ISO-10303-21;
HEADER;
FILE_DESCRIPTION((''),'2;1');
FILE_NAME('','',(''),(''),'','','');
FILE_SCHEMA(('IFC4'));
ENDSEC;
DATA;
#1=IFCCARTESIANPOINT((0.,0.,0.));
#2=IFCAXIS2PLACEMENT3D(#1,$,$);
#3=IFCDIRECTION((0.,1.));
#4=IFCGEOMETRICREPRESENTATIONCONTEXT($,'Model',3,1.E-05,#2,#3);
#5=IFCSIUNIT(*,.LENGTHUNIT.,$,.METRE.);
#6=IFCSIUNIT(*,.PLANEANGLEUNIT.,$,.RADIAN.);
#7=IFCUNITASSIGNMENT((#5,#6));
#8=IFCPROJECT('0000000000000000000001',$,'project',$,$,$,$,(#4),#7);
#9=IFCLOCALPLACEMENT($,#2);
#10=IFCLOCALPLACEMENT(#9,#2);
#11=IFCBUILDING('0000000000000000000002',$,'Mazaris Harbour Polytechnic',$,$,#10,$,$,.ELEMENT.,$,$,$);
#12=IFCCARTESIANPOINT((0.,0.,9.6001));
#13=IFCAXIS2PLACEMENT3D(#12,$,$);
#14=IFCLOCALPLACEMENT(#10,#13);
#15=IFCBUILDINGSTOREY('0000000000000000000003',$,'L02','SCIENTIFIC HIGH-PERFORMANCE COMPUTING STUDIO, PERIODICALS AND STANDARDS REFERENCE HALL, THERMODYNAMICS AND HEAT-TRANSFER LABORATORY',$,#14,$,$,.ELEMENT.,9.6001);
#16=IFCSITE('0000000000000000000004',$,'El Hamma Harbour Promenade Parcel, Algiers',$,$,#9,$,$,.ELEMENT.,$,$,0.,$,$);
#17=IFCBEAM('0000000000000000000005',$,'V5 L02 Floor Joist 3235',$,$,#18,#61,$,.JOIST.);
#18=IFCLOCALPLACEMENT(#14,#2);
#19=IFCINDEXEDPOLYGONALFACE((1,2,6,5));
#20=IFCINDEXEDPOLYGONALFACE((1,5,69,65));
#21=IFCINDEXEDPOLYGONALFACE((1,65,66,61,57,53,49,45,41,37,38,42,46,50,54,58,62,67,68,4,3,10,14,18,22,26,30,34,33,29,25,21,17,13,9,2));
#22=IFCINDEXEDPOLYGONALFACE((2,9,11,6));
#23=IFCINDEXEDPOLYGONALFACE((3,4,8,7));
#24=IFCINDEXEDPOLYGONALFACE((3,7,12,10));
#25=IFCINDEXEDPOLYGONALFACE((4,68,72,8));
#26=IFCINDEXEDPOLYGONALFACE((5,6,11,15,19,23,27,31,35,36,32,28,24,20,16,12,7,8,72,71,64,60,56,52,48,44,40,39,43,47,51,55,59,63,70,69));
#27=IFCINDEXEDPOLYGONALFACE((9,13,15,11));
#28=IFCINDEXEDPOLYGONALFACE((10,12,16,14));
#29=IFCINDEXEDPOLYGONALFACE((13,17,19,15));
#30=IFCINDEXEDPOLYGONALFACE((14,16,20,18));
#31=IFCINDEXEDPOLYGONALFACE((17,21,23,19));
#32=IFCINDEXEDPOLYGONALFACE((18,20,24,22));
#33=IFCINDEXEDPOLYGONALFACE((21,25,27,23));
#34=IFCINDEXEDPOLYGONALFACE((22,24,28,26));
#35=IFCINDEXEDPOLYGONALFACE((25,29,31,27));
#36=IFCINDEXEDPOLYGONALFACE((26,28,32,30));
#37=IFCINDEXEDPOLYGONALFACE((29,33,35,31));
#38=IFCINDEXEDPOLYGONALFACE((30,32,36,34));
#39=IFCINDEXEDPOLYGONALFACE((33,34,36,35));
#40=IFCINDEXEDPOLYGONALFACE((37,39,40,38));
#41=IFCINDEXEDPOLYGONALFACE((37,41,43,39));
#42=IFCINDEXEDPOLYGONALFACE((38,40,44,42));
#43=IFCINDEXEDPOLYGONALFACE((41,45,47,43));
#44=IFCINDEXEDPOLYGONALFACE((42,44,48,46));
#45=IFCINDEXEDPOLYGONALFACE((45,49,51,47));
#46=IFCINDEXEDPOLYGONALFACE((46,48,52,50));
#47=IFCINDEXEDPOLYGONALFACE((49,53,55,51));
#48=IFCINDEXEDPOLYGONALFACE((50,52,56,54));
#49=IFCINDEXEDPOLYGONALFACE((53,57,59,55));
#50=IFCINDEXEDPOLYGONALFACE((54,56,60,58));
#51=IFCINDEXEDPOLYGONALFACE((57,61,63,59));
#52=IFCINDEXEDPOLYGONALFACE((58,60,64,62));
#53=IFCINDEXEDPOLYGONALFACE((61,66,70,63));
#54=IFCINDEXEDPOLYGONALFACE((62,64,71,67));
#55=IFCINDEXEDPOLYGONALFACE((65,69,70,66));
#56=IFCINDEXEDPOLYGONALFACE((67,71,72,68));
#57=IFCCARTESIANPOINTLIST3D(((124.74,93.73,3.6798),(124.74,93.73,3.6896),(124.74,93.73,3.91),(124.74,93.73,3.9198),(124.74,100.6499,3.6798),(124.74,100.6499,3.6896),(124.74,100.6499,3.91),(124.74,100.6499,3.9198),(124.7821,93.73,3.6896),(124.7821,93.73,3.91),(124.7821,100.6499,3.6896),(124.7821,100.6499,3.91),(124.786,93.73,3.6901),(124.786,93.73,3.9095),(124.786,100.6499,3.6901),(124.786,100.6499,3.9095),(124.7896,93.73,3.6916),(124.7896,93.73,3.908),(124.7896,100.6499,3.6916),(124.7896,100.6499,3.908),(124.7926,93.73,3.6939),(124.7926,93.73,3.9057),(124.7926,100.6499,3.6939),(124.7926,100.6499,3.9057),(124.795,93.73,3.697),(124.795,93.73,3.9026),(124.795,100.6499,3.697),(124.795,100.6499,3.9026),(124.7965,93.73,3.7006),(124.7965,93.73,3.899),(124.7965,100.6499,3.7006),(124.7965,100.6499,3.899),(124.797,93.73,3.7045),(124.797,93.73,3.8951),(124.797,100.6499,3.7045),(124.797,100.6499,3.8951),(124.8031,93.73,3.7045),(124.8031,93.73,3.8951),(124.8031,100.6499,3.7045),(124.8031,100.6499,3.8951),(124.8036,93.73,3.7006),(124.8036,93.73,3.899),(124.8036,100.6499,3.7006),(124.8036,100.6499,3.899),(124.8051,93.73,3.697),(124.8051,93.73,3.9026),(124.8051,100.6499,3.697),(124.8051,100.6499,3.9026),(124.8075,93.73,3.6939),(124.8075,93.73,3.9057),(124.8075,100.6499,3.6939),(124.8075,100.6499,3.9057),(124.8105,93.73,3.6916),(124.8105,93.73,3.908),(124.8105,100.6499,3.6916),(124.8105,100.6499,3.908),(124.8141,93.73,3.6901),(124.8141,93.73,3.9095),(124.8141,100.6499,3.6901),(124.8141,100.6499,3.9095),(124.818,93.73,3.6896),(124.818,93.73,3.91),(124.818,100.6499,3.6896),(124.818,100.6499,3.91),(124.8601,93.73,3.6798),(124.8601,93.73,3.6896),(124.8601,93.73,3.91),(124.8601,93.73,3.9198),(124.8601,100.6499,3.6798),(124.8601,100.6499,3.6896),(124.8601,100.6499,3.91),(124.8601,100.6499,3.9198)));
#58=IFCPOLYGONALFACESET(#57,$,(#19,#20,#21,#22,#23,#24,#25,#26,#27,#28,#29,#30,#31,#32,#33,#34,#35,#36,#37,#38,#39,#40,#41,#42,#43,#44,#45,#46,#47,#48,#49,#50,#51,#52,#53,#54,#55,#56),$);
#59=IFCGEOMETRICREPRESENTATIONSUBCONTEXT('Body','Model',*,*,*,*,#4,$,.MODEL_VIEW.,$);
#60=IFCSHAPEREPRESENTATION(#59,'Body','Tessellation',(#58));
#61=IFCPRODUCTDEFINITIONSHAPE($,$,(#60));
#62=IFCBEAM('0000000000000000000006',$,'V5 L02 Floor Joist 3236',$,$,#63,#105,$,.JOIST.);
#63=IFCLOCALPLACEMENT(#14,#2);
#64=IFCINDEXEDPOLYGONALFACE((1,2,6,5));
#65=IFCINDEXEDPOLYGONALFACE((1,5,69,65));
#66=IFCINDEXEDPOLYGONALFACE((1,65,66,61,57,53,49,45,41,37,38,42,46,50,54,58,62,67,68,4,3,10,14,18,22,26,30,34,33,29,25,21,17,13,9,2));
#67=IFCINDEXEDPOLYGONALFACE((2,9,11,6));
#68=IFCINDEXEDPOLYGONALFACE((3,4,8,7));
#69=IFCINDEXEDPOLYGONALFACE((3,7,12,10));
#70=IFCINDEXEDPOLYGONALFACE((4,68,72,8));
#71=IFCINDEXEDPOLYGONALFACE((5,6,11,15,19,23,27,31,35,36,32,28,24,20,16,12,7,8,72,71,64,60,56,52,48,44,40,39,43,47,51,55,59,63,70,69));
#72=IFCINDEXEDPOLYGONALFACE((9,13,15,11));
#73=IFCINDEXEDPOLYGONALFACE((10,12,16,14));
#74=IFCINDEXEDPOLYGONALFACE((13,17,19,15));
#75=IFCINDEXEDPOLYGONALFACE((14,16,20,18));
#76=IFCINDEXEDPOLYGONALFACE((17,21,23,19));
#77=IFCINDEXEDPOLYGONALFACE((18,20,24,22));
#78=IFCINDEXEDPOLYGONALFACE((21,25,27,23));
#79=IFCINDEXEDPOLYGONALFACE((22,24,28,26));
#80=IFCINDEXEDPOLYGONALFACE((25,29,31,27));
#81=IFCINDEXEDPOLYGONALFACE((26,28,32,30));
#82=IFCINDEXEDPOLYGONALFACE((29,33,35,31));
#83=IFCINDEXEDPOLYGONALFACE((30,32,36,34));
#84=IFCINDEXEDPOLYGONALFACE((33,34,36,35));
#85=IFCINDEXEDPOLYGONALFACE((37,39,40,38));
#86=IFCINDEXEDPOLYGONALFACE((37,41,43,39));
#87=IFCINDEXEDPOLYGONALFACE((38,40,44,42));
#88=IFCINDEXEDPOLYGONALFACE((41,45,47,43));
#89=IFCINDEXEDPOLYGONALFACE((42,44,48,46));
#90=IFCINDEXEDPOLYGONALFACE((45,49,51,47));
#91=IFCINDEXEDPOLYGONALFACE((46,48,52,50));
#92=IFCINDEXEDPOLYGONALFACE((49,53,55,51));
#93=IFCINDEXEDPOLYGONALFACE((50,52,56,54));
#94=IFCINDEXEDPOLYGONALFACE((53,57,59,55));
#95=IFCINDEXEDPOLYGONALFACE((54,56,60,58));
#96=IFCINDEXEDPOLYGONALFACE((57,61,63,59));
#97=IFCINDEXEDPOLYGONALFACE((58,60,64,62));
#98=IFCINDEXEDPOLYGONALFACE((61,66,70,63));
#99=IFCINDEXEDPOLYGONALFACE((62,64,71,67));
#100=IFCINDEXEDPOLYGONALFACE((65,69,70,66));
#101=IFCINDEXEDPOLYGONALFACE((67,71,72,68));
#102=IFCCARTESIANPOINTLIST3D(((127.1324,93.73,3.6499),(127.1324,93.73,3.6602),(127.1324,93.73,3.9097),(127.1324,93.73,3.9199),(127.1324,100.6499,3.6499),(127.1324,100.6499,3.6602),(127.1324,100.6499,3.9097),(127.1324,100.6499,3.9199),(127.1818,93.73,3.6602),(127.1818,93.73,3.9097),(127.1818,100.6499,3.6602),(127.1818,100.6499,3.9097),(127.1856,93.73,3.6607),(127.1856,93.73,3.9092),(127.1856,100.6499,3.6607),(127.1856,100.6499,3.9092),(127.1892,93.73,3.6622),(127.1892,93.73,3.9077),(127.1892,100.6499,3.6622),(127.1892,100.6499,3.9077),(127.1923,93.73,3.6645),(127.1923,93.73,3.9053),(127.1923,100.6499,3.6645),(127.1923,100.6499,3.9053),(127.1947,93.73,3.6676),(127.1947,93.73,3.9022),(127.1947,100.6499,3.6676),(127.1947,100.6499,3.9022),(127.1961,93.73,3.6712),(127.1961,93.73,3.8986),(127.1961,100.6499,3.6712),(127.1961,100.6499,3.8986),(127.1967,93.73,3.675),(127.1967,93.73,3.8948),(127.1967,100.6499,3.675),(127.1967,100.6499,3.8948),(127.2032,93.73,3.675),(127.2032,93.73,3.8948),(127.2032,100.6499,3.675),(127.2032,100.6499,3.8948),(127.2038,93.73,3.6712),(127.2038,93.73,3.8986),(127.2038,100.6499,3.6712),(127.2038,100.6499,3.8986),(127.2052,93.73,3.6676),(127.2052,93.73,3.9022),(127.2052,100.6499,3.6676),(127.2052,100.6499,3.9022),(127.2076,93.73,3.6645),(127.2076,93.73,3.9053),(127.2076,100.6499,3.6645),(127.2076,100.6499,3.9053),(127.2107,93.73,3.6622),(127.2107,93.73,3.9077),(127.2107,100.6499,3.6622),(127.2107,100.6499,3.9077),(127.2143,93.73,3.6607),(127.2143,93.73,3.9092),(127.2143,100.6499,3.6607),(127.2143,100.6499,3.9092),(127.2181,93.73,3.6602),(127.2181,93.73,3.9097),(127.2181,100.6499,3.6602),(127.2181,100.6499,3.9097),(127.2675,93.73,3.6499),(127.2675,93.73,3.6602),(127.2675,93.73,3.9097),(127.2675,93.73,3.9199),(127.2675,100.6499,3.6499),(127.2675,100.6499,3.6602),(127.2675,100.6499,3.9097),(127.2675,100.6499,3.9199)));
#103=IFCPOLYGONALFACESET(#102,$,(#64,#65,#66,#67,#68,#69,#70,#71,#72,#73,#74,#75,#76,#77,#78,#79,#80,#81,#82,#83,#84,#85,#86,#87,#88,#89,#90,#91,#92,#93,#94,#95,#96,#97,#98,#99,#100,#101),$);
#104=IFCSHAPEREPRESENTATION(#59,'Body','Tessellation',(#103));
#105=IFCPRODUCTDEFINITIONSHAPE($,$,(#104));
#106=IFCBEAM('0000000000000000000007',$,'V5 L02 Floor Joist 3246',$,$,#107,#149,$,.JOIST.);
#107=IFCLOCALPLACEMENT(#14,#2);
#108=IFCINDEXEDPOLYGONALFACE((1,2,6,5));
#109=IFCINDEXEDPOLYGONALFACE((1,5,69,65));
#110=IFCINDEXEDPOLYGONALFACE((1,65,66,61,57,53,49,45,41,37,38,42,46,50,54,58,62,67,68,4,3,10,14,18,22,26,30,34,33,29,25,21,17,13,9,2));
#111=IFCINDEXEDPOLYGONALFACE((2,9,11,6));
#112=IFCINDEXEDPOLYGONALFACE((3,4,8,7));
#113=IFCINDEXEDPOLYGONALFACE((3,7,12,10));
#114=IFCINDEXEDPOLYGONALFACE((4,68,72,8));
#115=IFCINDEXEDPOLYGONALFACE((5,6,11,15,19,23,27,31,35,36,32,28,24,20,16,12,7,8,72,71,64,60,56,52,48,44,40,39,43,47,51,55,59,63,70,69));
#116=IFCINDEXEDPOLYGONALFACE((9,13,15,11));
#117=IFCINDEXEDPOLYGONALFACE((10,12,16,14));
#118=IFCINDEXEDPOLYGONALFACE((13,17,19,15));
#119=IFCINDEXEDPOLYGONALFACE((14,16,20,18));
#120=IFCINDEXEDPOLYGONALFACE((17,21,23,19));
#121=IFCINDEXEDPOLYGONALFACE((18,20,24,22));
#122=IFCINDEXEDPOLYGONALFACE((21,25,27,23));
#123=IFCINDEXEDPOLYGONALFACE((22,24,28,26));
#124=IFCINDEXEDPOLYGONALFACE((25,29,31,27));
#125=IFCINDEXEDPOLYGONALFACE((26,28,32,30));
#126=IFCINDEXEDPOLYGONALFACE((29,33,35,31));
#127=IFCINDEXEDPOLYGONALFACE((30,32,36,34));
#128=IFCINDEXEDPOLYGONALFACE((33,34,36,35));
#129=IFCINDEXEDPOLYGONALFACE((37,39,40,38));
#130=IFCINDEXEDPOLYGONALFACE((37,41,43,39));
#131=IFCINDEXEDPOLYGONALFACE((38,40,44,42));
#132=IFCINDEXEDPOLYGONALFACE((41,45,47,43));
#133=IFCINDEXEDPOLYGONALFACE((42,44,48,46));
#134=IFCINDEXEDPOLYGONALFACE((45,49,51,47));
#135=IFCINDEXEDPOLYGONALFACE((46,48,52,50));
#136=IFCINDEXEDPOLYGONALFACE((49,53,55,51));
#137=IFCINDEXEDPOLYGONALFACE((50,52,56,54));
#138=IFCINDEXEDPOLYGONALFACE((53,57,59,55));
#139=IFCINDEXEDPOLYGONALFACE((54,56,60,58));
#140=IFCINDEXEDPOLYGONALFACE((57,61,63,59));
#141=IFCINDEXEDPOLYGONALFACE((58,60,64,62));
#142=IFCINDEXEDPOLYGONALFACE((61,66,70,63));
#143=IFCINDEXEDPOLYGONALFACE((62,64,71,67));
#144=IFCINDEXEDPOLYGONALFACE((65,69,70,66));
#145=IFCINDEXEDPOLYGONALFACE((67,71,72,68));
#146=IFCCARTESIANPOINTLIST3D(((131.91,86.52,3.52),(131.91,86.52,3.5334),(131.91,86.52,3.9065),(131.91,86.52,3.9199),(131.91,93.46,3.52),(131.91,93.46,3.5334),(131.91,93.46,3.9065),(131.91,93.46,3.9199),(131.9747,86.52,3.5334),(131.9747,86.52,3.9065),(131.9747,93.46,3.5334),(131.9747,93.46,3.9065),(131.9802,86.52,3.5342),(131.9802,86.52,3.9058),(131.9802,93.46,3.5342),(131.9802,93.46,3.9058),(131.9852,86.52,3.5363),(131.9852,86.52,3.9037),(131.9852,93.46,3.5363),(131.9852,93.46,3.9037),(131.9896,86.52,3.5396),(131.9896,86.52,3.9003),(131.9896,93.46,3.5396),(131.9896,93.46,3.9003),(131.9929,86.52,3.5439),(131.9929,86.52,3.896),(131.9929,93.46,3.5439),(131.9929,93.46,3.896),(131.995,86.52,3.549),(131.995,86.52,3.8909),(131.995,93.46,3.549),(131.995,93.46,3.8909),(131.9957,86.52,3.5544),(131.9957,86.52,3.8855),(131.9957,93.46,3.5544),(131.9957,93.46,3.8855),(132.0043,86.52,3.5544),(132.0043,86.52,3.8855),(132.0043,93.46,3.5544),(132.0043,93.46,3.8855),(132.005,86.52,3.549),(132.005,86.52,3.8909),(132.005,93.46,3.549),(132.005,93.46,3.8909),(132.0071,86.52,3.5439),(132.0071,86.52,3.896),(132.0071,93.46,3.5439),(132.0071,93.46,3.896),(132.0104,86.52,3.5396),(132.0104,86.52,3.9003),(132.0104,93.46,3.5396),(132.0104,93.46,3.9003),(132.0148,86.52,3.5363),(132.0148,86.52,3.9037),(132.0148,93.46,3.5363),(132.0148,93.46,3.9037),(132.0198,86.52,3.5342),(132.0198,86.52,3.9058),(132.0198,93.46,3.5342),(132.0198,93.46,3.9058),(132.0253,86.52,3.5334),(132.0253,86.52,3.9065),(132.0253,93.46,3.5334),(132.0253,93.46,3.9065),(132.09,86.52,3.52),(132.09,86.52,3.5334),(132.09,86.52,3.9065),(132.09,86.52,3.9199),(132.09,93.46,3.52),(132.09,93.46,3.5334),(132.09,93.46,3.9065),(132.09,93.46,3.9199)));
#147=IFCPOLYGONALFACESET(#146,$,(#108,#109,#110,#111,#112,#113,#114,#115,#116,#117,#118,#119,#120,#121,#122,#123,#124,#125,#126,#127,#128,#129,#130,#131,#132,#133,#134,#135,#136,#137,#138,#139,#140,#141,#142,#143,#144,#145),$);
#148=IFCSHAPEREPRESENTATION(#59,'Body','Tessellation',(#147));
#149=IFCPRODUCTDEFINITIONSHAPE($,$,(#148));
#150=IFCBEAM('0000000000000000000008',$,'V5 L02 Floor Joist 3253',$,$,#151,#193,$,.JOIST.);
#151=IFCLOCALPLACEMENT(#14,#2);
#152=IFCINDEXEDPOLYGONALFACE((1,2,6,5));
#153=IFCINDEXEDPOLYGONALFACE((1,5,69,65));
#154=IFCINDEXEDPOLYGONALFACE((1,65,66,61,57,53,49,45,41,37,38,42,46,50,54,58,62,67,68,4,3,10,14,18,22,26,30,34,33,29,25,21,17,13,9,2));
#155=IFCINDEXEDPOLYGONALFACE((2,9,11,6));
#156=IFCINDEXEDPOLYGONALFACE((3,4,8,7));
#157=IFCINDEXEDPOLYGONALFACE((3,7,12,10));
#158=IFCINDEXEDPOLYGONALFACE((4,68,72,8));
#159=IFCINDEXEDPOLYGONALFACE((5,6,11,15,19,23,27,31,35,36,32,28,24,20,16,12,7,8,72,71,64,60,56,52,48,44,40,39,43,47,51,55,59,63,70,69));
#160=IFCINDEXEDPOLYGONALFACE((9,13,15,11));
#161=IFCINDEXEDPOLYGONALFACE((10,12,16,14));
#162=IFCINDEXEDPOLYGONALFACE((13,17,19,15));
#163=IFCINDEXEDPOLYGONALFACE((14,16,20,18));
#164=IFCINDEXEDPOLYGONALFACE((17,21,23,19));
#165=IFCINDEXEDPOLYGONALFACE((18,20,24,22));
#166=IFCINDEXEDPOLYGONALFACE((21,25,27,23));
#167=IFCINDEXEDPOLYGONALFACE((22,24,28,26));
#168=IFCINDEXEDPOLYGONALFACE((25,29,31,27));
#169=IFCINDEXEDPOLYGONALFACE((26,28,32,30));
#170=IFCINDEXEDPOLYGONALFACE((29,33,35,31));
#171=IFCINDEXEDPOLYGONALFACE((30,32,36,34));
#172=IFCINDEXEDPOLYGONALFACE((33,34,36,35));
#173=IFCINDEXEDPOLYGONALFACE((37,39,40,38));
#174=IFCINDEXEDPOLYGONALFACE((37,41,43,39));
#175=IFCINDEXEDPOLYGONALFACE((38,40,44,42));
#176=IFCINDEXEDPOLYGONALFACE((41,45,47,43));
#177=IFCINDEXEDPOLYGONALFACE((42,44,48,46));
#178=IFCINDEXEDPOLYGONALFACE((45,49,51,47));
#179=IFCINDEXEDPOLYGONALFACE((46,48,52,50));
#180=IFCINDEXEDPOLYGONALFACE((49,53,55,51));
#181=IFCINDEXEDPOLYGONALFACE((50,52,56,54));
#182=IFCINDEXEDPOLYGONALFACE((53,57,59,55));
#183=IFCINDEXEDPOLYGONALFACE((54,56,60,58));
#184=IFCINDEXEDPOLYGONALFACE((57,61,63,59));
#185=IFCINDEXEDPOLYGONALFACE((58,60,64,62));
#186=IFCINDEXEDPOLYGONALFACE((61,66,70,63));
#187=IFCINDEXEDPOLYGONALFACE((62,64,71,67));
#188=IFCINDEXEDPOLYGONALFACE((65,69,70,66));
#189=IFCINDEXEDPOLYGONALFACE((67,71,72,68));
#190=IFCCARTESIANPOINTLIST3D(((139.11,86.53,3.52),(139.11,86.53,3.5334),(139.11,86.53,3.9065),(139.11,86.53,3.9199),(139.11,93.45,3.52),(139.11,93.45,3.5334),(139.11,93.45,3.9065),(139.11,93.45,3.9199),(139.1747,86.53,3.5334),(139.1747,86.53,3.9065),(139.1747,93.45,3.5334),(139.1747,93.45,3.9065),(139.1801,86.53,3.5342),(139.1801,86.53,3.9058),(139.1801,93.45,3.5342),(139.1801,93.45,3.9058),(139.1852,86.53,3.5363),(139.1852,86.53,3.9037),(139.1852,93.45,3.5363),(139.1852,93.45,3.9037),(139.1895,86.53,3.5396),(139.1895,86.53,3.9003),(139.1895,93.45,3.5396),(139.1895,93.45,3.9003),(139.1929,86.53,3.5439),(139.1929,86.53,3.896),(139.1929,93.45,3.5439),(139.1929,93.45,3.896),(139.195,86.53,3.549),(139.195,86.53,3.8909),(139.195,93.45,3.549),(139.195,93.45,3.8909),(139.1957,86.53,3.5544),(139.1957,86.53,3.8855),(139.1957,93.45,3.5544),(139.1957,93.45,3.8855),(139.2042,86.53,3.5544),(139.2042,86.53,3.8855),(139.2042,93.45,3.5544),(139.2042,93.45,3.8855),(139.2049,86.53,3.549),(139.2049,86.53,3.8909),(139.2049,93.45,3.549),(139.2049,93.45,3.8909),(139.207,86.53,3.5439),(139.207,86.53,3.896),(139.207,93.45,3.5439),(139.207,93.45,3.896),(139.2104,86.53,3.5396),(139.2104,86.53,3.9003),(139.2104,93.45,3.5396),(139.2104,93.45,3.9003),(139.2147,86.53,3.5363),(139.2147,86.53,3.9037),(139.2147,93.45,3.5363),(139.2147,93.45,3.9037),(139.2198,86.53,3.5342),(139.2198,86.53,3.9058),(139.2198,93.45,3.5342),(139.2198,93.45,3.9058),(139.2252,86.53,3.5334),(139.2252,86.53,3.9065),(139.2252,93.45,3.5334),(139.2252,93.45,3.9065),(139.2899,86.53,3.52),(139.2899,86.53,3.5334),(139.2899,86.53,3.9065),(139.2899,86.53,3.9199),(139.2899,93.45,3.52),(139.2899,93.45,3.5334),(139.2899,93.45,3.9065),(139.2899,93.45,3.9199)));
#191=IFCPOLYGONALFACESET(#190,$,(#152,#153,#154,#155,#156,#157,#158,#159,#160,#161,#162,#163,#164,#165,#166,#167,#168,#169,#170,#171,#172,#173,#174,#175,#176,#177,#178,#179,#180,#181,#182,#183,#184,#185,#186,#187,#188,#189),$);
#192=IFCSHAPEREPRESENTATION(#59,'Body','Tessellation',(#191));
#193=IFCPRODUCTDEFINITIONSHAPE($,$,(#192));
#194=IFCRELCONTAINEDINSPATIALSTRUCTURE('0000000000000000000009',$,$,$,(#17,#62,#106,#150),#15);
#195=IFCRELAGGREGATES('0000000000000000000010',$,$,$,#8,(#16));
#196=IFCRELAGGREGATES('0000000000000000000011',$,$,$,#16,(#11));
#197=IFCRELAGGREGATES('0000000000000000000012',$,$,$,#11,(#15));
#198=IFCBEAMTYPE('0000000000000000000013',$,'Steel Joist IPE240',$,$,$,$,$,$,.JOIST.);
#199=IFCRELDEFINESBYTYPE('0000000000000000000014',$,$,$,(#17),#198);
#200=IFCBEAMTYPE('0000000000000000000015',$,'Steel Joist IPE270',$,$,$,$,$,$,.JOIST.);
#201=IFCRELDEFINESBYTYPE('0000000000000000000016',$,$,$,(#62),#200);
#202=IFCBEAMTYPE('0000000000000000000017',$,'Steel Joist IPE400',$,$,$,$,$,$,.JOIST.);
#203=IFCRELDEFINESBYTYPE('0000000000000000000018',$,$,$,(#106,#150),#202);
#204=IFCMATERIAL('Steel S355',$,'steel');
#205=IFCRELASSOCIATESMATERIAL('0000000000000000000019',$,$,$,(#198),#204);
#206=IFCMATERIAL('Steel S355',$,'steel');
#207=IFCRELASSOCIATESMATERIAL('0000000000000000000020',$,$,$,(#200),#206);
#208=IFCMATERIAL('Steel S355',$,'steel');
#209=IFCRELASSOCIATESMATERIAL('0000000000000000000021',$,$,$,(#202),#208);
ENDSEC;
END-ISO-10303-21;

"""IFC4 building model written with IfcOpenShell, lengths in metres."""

from ifc_helpers import new_model, si_unit, direction, frame, origin, origin_2d, place, context, subcontext, project, spatial, i_section, extrude, material, material_profile, profile_set, type_object, element, save


model = new_model("IFC4")

# Units and contexts
model_context = context("Model", 3, precision=1e-05, world=origin(), true_north=direction((0.0, 1.0)))
body_context = subcontext(model_context, "Body", "Model", "MODEL_VIEW")
ifc_project = project(units=[si_unit("LENGTHUNIT", "METRE"), si_unit("PLANEANGLEUNIT", "RADIAN")], contexts=[model_context])

# Site, building, storey
site_placement = place(None, origin())
site = spatial("IfcSite", under=ifc_project, at=site_placement, Name="El Hamma Harbour Promenade Parcel, Algiers", CompositionType="ELEMENT", RefElevation=0.0)
building_placement = place(site_placement, origin())
building = spatial("IfcBuilding", under=site, at=building_placement, Name="Mazaris Harbour Polytechnic", CompositionType="ELEMENT")
storey_placement = place(building_placement, frame((0.0, 0.0, 9.6001)))
storey = spatial("IfcBuildingStorey", under=building, at=storey_placement, Name="L02", Description="SCIENTIFIC HIGH-PERFORMANCE COMPUTING STUDIO, PERIODICALS AND STANDARDS REFERENCE HALL, THERMODYNAMICS AND HEAT-TRANSFER LABORATORY", CompositionType="ELEMENT", Elevation=9.6001)

# Beams
ifc_material_1 = material(Name="Steel S355", Category="steel")
ifc_material_profile_1 = material_profile(ifc_material_1, i_section(OverallWidth=0.1201, OverallDepth=0.24, WebThickness=0.0061, FlangeThickness=0.0098, FilletRadius=0.0149, at=origin_2d()), Name="IPE 240")
ifc_profile_set_1 = profile_set([ifc_material_profile_1], Name="Steel S355")
beam_type_1 = type_object("IfcBeamType", Name="Steel Joist IPE240", PredefinedType="JOIST", material=ifc_profile_set_1)
beam_1_placement = place(storey_placement, frame((124.8, 93.73, 3.7998), z_axis=(0.0, 1.0, 0.0), x_axis=(-1.0, 0.0, 0.0)))
element("IfcBeam", 1, at=beam_1_placement, inside=storey, type_object=beam_type_1, Name="V5 L02 Floor Joist 3235", PredefinedType="JOIST", context=body_context, shape_type="SweptSolid", body=[
    extrude(i_section(OverallWidth=0.1201, OverallDepth=0.24, WebThickness=0.0061, FlangeThickness=0.0098, FilletRadius=0.0149, at=origin_2d()), origin(), (0.0, 0.0, 1.0), 6.9199),
])
ifc_material_2 = material(Name="Steel S355", Category="steel")
ifc_material_profile_2 = material_profile(ifc_material_2, i_section(OverallWidth=0.135, OverallDepth=0.27, WebThickness=0.0066, FlangeThickness=0.0103, FilletRadius=0.0149, at=origin_2d()), Name="IPE 270")
ifc_profile_set_2 = profile_set([ifc_material_profile_2], Name="Steel S355")
beam_type_2 = type_object("IfcBeamType", Name="Steel Joist IPE270", PredefinedType="JOIST", material=ifc_profile_set_2)
beam_2_placement = place(storey_placement, frame((127.2, 93.73, 3.7849), z_axis=(0.0, 1.0, 0.0), x_axis=(-1.0, 0.0, 0.0)))
element("IfcBeam", 2, at=beam_2_placement, inside=storey, type_object=beam_type_2, Name="V5 L02 Floor Joist 3236", PredefinedType="JOIST", context=body_context, shape_type="SweptSolid", body=[
    extrude(i_section(OverallWidth=0.135, OverallDepth=0.27, WebThickness=0.0066, FlangeThickness=0.0103, FilletRadius=0.0149, at=origin_2d()), origin(), (0.0, 0.0, 1.0), 6.9199),
])
ifc_material_3 = material(Name="Steel S355", Category="steel")
ifc_material_profile_3 = material_profile(ifc_material_3, i_section(OverallWidth=0.1799, OverallDepth=0.3999, WebThickness=0.0085, FlangeThickness=0.0134, FilletRadius=0.021, at=origin_2d()), Name="IPE 400")
ifc_profile_set_3 = profile_set([ifc_material_profile_3], Name="Steel S355")
beam_type_3 = type_object("IfcBeamType", Name="Steel Joist IPE400", PredefinedType="JOIST", material=ifc_profile_set_3)
beam_3_placement = place(storey_placement, frame((132.0, 86.52, 3.72), z_axis=(0.0, 1.0, 0.0), x_axis=(-1.0, 0.0, 0.0)))
element("IfcBeam", 3, at=beam_3_placement, inside=storey, type_object=beam_type_3, Name="V5 L02 Floor Joist 3246", PredefinedType="JOIST", context=body_context, shape_type="SweptSolid", body=[
    extrude(i_section(OverallWidth=0.1799, OverallDepth=0.3999, WebThickness=0.0085, FlangeThickness=0.0134, FilletRadius=0.021, at=origin_2d()), origin(), (0.0, 0.0, 1.0), 6.9399),
])
beam_4_placement = place(storey_placement, frame((139.2, 86.53, 3.72), z_axis=(0.0, 1.0, 0.0), x_axis=(-1.0, 0.0, 0.0)))
element("IfcBeam", 4, at=beam_4_placement, inside=storey, type_object=beam_type_3, Name="V5 L02 Floor Joist 3253", PredefinedType="JOIST", context=body_context, shape_type="SweptSolid", body=[
    extrude(i_section(OverallWidth=0.1799, OverallDepth=0.3999, WebThickness=0.0085, FlangeThickness=0.0134, FilletRadius=0.021, at=origin_2d()), origin(), (0.0, 0.0, 1.0), 6.9199),
])

save(model, "model.ifc")
